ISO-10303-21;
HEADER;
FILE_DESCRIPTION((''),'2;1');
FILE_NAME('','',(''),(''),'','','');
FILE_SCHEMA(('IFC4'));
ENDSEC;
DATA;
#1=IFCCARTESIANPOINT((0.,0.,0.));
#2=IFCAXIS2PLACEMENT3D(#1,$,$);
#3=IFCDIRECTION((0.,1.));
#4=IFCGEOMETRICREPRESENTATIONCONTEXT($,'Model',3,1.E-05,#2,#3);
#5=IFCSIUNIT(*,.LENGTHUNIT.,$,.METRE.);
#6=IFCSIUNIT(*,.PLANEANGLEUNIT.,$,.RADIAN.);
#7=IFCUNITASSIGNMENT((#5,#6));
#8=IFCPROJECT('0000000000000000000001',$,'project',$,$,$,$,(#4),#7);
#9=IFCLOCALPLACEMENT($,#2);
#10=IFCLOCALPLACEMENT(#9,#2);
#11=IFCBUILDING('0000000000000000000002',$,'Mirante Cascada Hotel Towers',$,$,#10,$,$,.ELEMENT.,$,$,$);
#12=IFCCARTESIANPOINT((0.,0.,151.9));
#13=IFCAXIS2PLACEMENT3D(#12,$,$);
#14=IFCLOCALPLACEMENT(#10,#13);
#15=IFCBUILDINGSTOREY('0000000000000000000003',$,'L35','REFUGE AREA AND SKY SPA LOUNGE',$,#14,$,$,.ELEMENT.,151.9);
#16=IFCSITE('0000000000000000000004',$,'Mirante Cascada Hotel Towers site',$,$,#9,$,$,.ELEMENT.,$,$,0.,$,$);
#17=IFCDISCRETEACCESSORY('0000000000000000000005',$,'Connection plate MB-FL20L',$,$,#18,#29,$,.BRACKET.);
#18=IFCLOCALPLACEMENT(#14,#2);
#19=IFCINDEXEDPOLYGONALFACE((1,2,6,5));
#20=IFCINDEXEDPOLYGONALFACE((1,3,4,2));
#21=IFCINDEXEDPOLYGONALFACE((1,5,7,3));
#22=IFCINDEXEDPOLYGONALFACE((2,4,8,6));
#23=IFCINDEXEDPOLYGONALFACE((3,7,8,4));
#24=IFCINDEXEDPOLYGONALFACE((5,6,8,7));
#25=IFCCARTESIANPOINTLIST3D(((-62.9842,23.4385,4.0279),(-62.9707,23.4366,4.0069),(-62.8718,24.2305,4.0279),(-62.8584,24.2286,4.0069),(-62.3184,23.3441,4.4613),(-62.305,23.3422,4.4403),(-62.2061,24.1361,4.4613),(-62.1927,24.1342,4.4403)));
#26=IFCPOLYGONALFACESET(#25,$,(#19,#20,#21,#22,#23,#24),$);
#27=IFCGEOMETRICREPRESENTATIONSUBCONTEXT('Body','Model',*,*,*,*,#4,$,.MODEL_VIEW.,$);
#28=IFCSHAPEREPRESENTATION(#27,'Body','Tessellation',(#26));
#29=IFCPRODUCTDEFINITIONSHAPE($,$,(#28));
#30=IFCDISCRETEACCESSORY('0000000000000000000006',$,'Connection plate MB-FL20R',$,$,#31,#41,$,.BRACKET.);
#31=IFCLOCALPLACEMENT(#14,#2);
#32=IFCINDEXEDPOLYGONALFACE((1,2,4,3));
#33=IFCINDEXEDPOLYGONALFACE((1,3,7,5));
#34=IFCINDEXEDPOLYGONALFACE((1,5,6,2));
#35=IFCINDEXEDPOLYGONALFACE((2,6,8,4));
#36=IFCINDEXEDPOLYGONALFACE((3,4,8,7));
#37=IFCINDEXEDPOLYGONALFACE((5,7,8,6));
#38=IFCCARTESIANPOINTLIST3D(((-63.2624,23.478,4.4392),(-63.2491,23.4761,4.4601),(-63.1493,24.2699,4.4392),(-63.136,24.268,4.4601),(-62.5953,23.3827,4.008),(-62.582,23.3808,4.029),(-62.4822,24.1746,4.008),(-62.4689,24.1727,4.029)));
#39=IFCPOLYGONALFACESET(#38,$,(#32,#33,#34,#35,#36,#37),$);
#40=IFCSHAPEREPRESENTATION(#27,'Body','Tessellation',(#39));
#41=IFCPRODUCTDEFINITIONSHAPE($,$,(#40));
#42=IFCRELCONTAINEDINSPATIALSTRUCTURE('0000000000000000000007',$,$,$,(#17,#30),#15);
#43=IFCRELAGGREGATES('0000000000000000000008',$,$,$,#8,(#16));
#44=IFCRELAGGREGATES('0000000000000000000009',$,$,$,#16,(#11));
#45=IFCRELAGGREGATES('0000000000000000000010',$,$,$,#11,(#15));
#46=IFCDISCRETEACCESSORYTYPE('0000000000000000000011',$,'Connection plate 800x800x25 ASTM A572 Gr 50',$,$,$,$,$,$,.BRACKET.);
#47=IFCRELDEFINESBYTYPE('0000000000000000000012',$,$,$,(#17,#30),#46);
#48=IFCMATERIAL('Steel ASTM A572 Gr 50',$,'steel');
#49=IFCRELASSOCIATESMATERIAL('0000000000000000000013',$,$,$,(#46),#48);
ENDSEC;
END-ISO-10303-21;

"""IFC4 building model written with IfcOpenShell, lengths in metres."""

from ifc_helpers import new_model, si_unit, direction, frame, origin, origin_2d, place, context, subcontext, project, spatial, rectangle, extrude, material, material_profile, profile_set, type_object, element, save


model = new_model("IFC4")

# Units and contexts
model_context = context("Model", 3, precision=1e-05, world=origin(), true_north=direction((0.0, 1.0)))
body_context = subcontext(model_context, "Body", "Model", "MODEL_VIEW")
ifc_project = project(units=[si_unit("LENGTHUNIT", "METRE"), si_unit("PLANEANGLEUNIT", "RADIAN")], contexts=[model_context])

# Site, building, storey
site_placement = place(None, origin())
site = spatial("IfcSite", under=ifc_project, at=site_placement, Name="Mirante Cascada Hotel Towers site", CompositionType="ELEMENT", RefElevation=0.0)
building_placement = place(site_placement, origin())
building = spatial("IfcBuilding", under=site, at=building_placement, Name="Mirante Cascada Hotel Towers", CompositionType="ELEMENT")
storey_placement = place(building_placement, frame((0.0, 0.0, 151.9)))
storey = spatial("IfcBuildingStorey", under=building, at=storey_placement, Name="L35", Description="REFUGE AREA AND SKY SPA LOUNGE", CompositionType="ELEMENT", Elevation=151.9)

# Discrete accessories
ifc_material_1 = material(Name="Steel ASTM A572 Gr 50", Category="steel")
ifc_material_profile_1 = material_profile(ifc_material_1, rectangle(XDim=0.8, YDim=0.8, at=origin_2d()), Name="Connection plate 800x800x25 ASTM A572 Gr 50")
ifc_profile_set_1 = profile_set([ifc_material_profile_1], Name="Steel ASTM A572 Gr 50")
discrete_accessory_type_1 = type_object("IfcDiscreteAccessoryType", Name="Connection plate 800x800x25 ASTM A572 Gr 50", PredefinedType="BRACKET", material=ifc_profile_set_1)
discrete_accessory_1_placement = place(storey_placement, frame((-62.5817, 23.7854, 4.2236), z_axis=(-0.536356, 0.07605, 0.840558), x_axis=(-0.140387, -0.990097, 0.0)))
element("IfcDiscreteAccessory", 1, at=discrete_accessory_1_placement, inside=storey, type_object=discrete_accessory_type_1, Name="Connection plate MB-FL20L", PredefinedType="BRACKET", context=body_context, shape_type="SweptSolid", body=[
    extrude(rectangle(XDim=0.8, YDim=0.8, at=origin_2d()), origin(), (0.0, 0.0, 1.0), 0.025),
])
discrete_accessory_2_placement = place(storey_placement, frame((-62.8723, 23.8263, 4.2236), z_axis=(0.533496, -0.076214, 0.842362), x_axis=(0.141421, 0.98995, 0.0)))
element("IfcDiscreteAccessory", 2, at=discrete_accessory_2_placement, inside=storey, type_object=discrete_accessory_type_1, Name="Connection plate MB-FL20R", PredefinedType="BRACKET", context=body_context, shape_type="SweptSolid", body=[
    extrude(rectangle(XDim=0.8, YDim=0.8, at=origin_2d()), origin(), (0.0, 0.0, 1.0), 0.0249),
])

save(model, "model.ifc")
